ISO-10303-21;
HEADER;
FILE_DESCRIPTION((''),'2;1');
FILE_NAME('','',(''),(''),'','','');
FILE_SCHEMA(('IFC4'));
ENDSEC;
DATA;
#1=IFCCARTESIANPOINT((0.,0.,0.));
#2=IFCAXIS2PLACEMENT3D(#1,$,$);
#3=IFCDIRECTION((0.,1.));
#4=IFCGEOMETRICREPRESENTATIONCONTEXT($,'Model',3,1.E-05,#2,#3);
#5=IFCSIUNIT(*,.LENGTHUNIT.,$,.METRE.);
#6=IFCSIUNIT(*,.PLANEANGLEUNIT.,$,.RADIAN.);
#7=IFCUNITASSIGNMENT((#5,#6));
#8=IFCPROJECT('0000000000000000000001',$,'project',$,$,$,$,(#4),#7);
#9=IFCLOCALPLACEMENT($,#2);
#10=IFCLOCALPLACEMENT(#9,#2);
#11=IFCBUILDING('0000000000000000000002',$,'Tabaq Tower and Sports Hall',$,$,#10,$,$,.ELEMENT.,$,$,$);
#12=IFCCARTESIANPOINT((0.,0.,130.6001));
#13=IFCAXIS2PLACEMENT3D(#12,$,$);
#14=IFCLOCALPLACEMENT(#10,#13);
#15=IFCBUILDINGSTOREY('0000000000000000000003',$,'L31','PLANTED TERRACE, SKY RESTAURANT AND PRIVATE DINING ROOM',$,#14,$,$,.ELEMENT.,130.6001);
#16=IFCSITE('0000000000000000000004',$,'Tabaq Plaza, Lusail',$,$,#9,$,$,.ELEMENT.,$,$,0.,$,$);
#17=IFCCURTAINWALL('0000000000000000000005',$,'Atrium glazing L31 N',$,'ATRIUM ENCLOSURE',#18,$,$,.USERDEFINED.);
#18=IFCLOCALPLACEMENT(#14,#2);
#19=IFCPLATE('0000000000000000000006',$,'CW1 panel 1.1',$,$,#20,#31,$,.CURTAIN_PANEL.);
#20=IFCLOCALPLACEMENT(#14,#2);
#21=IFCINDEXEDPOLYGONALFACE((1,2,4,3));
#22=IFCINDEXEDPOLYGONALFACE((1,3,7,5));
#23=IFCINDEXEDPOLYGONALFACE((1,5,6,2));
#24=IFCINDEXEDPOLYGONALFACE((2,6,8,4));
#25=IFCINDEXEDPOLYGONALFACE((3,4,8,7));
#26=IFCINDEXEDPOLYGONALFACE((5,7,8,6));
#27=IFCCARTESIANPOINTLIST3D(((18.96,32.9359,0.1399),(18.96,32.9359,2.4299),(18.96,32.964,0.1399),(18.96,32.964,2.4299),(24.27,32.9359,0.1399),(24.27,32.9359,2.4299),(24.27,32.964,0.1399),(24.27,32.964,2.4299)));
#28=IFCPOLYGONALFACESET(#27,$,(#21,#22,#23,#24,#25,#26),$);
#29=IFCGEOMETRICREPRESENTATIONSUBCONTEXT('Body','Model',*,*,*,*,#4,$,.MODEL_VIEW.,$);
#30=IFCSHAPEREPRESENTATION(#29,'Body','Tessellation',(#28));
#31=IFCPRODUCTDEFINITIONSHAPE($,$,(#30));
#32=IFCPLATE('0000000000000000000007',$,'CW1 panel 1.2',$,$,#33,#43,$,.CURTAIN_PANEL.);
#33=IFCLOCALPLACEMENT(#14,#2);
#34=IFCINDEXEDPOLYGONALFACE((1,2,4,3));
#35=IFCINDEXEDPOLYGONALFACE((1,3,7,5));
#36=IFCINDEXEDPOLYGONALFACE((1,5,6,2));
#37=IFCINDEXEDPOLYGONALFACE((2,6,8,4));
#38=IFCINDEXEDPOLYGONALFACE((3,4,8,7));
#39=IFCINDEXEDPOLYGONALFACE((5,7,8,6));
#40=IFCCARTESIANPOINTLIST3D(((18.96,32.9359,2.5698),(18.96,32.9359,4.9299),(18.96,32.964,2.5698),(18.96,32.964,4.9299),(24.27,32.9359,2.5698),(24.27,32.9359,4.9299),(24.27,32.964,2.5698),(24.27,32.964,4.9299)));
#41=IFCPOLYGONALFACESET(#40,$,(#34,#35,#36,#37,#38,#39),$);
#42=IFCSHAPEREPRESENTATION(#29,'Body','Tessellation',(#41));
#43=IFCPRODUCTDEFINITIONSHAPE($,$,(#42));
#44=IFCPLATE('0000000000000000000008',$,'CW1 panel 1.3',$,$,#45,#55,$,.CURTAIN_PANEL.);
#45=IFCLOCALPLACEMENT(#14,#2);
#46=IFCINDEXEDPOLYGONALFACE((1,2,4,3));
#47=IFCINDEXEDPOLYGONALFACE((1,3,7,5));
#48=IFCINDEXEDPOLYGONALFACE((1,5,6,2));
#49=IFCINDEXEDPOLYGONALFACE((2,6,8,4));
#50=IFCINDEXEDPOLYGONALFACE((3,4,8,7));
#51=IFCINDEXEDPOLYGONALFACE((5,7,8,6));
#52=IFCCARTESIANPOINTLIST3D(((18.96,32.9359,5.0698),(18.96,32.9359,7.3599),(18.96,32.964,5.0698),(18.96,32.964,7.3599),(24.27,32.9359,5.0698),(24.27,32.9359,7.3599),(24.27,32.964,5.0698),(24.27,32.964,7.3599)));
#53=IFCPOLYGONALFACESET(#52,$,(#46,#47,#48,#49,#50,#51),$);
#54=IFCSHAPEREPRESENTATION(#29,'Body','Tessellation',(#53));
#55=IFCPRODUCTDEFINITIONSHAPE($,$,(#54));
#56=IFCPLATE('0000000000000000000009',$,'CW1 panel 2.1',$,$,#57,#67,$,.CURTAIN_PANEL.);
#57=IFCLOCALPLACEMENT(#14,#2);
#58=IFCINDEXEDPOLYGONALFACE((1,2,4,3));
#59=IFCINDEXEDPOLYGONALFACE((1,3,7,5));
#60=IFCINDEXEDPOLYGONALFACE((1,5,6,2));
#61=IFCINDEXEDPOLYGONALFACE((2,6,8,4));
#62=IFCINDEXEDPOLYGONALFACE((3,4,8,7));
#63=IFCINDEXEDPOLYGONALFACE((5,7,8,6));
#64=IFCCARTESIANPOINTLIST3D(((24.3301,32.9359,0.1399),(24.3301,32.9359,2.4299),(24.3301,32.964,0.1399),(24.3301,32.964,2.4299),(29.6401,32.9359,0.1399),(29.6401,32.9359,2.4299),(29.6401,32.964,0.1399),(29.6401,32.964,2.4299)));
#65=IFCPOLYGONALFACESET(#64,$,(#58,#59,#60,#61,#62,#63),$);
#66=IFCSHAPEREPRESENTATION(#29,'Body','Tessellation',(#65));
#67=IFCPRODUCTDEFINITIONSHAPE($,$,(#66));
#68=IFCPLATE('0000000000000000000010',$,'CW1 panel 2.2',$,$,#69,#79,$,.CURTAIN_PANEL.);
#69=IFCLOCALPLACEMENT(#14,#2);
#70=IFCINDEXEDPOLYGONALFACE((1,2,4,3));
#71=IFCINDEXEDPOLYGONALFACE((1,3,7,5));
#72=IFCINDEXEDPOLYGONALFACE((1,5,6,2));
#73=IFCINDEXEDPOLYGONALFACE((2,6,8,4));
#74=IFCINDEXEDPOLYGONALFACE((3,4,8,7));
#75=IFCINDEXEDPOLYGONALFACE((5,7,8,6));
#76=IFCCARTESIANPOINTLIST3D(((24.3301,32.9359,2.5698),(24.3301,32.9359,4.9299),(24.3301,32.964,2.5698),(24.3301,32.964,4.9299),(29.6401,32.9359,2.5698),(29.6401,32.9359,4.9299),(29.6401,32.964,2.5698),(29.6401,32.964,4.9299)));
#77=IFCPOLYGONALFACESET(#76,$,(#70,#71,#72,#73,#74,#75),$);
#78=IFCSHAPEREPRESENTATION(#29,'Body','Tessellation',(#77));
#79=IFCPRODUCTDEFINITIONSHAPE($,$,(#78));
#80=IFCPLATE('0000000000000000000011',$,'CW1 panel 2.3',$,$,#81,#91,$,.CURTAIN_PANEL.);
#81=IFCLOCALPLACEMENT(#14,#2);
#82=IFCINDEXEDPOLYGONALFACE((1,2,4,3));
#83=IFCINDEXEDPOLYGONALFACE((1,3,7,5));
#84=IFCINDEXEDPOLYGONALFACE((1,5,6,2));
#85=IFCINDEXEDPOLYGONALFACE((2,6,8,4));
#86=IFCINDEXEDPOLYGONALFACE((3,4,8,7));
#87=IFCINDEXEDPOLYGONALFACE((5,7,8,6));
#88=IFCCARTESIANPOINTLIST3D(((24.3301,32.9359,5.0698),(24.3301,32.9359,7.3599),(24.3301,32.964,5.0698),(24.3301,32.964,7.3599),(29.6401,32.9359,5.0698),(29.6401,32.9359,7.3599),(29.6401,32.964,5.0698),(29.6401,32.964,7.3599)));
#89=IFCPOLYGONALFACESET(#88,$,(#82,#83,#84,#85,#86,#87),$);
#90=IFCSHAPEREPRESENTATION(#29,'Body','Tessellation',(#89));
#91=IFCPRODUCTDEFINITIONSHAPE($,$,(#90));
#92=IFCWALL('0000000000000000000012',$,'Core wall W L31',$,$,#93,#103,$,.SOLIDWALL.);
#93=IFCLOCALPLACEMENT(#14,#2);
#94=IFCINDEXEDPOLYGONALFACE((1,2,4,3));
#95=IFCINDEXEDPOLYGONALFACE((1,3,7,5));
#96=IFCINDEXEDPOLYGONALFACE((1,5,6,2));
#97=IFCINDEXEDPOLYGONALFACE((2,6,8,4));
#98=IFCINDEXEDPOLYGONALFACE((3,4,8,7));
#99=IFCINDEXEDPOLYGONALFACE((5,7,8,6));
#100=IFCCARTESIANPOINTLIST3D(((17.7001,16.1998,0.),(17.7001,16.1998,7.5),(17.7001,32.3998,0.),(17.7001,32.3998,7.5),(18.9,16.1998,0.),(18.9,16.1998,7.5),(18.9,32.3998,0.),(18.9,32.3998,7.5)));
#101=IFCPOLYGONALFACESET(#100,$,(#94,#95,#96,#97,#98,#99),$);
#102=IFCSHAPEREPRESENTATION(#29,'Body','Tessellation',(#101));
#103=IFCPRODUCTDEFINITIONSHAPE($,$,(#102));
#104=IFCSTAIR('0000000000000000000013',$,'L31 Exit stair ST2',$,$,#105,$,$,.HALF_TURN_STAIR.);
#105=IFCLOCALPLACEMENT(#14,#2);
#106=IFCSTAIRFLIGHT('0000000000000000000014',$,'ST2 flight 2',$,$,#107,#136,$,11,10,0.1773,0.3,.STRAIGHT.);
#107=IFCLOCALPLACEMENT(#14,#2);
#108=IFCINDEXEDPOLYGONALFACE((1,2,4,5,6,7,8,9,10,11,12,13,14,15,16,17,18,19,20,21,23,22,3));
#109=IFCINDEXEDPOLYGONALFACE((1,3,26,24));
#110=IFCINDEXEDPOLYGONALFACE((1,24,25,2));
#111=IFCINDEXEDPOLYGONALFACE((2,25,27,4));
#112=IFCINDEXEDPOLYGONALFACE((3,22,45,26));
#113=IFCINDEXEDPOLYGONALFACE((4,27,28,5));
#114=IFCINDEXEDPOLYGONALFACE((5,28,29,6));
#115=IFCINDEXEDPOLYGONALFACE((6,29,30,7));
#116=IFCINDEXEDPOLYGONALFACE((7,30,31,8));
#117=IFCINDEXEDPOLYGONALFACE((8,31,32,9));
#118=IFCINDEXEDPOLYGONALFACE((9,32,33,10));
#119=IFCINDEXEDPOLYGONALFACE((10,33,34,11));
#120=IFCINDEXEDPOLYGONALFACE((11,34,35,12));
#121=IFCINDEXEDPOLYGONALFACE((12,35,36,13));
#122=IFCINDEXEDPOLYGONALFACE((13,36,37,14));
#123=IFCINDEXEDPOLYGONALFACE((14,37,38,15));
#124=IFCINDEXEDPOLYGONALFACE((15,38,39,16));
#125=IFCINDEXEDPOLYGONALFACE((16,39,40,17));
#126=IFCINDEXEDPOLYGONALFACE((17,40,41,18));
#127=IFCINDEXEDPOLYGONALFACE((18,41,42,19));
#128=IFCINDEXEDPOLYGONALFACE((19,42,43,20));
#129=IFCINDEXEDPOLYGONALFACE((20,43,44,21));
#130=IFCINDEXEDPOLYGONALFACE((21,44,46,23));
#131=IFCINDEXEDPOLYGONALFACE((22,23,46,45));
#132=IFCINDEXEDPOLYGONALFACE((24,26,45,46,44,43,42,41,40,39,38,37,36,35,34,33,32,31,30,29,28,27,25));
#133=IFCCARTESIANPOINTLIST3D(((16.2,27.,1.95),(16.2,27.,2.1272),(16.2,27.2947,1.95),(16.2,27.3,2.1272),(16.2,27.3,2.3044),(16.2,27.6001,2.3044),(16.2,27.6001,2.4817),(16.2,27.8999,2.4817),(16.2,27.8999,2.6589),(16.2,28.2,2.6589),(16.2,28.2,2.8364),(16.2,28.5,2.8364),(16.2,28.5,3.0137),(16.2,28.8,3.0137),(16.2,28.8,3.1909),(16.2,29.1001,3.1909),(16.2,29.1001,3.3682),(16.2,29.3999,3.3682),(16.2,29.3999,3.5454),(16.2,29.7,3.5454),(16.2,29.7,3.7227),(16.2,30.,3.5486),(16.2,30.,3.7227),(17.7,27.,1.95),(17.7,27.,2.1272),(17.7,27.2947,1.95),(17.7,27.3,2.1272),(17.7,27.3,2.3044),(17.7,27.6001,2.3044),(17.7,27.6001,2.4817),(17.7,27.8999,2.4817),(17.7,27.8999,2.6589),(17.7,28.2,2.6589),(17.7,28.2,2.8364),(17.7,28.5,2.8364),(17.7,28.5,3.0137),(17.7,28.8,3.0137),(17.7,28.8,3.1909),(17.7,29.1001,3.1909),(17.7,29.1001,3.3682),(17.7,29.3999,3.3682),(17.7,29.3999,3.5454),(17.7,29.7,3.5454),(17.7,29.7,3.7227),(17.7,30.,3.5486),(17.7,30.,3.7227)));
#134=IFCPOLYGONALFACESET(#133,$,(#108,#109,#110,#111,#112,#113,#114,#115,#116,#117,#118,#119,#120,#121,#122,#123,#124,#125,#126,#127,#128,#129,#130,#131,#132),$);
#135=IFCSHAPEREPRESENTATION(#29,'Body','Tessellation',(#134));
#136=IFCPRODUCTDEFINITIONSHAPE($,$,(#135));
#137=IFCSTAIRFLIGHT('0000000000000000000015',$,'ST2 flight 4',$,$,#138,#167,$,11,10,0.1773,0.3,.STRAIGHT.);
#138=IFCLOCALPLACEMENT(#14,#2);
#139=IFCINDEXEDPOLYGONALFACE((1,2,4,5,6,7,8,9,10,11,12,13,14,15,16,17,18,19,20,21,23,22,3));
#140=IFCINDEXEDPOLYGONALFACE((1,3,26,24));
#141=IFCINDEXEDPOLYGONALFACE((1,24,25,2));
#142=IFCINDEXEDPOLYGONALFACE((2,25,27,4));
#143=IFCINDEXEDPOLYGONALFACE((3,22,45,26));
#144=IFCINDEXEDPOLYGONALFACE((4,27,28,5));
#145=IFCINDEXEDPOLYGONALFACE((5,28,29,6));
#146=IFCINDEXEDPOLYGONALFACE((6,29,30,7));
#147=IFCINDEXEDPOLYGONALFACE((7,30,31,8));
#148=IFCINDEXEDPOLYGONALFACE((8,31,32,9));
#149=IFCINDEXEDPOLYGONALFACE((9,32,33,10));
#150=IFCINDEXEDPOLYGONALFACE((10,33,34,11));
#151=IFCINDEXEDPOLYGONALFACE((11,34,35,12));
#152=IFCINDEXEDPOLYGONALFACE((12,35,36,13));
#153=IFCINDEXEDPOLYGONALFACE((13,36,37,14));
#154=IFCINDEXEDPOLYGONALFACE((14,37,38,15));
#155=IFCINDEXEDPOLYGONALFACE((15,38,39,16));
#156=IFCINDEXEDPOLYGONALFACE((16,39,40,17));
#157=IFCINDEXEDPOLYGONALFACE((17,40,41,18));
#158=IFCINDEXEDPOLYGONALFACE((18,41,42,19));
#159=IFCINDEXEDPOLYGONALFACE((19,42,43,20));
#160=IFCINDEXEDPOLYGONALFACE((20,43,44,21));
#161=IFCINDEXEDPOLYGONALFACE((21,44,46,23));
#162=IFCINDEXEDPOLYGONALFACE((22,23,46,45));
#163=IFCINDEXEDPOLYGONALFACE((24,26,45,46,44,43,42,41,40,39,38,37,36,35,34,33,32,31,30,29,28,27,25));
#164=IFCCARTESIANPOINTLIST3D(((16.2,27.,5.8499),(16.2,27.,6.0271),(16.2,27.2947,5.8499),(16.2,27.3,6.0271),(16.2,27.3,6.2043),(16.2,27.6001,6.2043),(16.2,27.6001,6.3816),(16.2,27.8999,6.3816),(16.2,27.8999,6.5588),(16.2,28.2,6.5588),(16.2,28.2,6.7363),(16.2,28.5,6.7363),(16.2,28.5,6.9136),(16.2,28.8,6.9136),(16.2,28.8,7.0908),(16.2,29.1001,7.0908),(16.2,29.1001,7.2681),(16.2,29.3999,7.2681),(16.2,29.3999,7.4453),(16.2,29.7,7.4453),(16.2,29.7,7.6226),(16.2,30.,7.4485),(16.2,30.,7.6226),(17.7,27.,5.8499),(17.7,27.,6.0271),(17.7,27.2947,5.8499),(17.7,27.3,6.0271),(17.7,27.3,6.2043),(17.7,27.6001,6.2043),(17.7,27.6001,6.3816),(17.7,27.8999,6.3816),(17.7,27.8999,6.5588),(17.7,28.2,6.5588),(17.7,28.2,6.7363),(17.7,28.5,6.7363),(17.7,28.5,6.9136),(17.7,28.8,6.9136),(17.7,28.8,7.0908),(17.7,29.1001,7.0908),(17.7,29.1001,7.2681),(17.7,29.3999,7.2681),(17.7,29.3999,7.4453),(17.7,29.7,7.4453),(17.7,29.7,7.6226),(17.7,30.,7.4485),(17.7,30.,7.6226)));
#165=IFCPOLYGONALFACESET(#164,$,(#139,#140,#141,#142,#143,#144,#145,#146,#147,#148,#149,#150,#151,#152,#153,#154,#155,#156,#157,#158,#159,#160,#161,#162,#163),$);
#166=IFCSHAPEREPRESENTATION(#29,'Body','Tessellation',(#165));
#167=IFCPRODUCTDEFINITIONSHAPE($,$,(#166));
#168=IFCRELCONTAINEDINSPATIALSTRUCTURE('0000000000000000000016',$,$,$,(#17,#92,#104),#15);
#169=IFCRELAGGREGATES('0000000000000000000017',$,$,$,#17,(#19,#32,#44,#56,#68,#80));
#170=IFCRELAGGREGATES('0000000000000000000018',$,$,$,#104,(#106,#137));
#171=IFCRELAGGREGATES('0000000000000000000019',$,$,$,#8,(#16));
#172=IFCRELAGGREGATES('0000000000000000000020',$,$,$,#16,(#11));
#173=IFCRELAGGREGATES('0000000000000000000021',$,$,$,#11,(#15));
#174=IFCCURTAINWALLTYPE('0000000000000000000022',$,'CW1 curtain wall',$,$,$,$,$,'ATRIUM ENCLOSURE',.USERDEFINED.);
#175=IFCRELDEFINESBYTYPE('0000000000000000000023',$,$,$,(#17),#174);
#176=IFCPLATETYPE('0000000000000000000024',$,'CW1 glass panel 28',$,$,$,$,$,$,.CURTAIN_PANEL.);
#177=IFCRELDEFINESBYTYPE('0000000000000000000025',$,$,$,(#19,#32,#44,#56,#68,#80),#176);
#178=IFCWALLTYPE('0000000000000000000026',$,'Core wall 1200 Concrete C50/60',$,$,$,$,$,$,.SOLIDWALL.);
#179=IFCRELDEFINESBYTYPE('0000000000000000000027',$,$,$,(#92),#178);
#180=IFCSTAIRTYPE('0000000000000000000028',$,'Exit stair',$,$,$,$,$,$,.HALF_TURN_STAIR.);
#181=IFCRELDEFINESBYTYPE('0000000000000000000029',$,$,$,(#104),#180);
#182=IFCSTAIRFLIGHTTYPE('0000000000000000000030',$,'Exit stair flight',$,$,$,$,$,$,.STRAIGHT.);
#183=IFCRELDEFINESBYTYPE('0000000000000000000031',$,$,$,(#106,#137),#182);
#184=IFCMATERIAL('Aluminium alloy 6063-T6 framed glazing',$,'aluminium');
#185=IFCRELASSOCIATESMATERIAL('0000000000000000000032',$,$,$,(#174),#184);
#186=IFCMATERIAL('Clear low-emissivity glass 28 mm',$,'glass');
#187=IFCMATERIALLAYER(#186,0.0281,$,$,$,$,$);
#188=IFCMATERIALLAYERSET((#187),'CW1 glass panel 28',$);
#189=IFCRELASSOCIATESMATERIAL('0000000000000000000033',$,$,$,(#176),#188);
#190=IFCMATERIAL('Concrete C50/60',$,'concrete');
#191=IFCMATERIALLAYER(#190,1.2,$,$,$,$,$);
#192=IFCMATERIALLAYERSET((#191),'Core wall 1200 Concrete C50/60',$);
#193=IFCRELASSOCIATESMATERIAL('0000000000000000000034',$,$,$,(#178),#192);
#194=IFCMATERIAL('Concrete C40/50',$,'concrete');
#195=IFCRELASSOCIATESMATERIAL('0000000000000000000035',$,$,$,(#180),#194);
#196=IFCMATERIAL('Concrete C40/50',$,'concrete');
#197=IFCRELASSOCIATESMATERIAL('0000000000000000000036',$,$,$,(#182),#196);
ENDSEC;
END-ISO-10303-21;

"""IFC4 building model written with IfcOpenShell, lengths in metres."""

from ifc_helpers import new_model, si_unit, direction, frame, frame_2d, origin, origin_2d, place, context, subcontext, project, spatial, polyline, rectangle, outline, extrude, material, layer, layer_set, type_object, element, aggregate, save


model = new_model("IFC4")

# Units and contexts
model_context = context("Model", 3, precision=1e-05, world=origin(), true_north=direction((0.0, 1.0)))
body_context = subcontext(model_context, "Body", "Model", "MODEL_VIEW")
ifc_project = project(units=[si_unit("LENGTHUNIT", "METRE"), si_unit("PLANEANGLEUNIT", "RADIAN")], contexts=[model_context])

# Site, building, storey
site_placement = place(None, origin())
site = spatial("IfcSite", under=ifc_project, at=site_placement, Name="Tabaq Plaza, Lusail", CompositionType="ELEMENT", RefElevation=0.0)
building_placement = place(site_placement, origin())
building = spatial("IfcBuilding", under=site, at=building_placement, Name="Tabaq Tower and Sports Hall", CompositionType="ELEMENT")
storey_placement = place(building_placement, frame((0.0, 0.0, 130.6001)))
storey = spatial("IfcBuildingStorey", under=building, at=storey_placement, Name="L31", Description="PLANTED TERRACE, SKY RESTAURANT AND PRIVATE DINING ROOM", CompositionType="ELEMENT", Elevation=130.6001)

# Curtain wall
ifc_material_1 = material(Name="Aluminium alloy 6063-T6 framed glazing", Category="aluminium")
curtain_wall_type = type_object("IfcCurtainWallType", Name="CW1 curtain wall", ElementType="ATRIUM ENCLOSURE", PredefinedType="USERDEFINED", material=ifc_material_1)
curtain_wall_placement = place(storey_placement, origin())
curtain_wall = element("IfcCurtainWall", 1, at=curtain_wall_placement, inside=storey, type_object=curtain_wall_type, Name="Atrium glazing L31 N", ObjectType="ATRIUM ENCLOSURE", PredefinedType="USERDEFINED")

# Plates
ifc_material_2 = material(Name="Clear low-emissivity glass 28 mm", Category="glass")
ifc_layer_1 = layer(ifc_material_2, 0.0281)
ifc_layer_set_1 = layer_set([ifc_layer_1], Name="CW1 glass panel 28")
plate_type = type_object("IfcPlateType", Name="CW1 glass panel 28", PredefinedType="CURTAIN_PANEL", material=ifc_layer_set_1)
plate_1_placement = place(storey_placement, frame((21.615, 32.95, 0.1399), z_axis=(0.0, 0.0, 1.0), x_axis=(1.0, 0.0, 0.0)))
plate_1 = element("IfcPlate", 2, at=plate_1_placement, type_object=plate_type, Name="CW1 panel 1.1", PredefinedType="CURTAIN_PANEL", context=body_context, shape_type="SweptSolid", body=[
    extrude(rectangle(XDim=5.3101, YDim=0.0281, at=origin_2d()), origin(), (0.0, 0.0, 1.0), 2.29),
])
plate_2_placement = place(storey_placement, frame((21.615, 32.95, 2.5698), z_axis=(0.0, 0.0, 1.0), x_axis=(1.0, 0.0, 0.0)))
plate_2 = element("IfcPlate", 3, at=plate_2_placement, type_object=plate_type, Name="CW1 panel 1.2", PredefinedType="CURTAIN_PANEL", context=body_context, shape_type="SweptSolid", body=[
    extrude(rectangle(XDim=5.3101, YDim=0.0281, at=origin_2d()), origin(), (0.0, 0.0, 1.0), 2.3601),
])
plate_3_placement = place(storey_placement, frame((21.615, 32.95, 5.0698), z_axis=(0.0, 0.0, 1.0), x_axis=(1.0, 0.0, 0.0)))
plate_3 = element("IfcPlate", 4, at=plate_3_placement, type_object=plate_type, Name="CW1 panel 1.3", PredefinedType="CURTAIN_PANEL", context=body_context, shape_type="SweptSolid", body=[
    extrude(rectangle(XDim=5.3101, YDim=0.0281, at=origin_2d()), origin(), (0.0, 0.0, 1.0), 2.29),
])
plate_4_placement = place(storey_placement, frame((26.9851, 32.95, 0.1399), z_axis=(0.0, 0.0, 1.0), x_axis=(1.0, 0.0, 0.0)))
plate_4 = element("IfcPlate", 5, at=plate_4_placement, type_object=plate_type, Name="CW1 panel 2.1", PredefinedType="CURTAIN_PANEL", context=body_context, shape_type="SweptSolid", body=[
    extrude(rectangle(XDim=5.3101, YDim=0.0281, at=origin_2d()), origin(), (0.0, 0.0, 1.0), 2.29),
])
plate_5_placement = place(storey_placement, frame((26.9851, 32.95, 2.5698), z_axis=(0.0, 0.0, 1.0), x_axis=(1.0, 0.0, 0.0)))
plate_5 = element("IfcPlate", 6, at=plate_5_placement, type_object=plate_type, Name="CW1 panel 2.2", PredefinedType="CURTAIN_PANEL", context=body_context, shape_type="SweptSolid", body=[
    extrude(rectangle(XDim=5.3101, YDim=0.0281, at=origin_2d()), origin(), (0.0, 0.0, 1.0), 2.3601),
])
plate_6_placement = place(storey_placement, frame((26.9851, 32.95, 5.0698), z_axis=(0.0, 0.0, 1.0), x_axis=(1.0, 0.0, 0.0)))
plate_6 = element("IfcPlate", 7, at=plate_6_placement, type_object=plate_type, Name="CW1 panel 2.3", PredefinedType="CURTAIN_PANEL", context=body_context, shape_type="SweptSolid", body=[
    extrude(rectangle(XDim=5.3101, YDim=0.0281, at=origin_2d()), origin(), (0.0, 0.0, 1.0), 2.29),
])
aggregate(curtain_wall, [plate_1, plate_2, plate_3, plate_4, plate_5, plate_6])

# Wall
ifc_material_3 = material(Name="Concrete C50/60", Category="concrete")
ifc_layer_2 = layer(ifc_material_3, 1.2)
ifc_layer_set_2 = layer_set([ifc_layer_2], Name="Core wall 1200 Concrete C50/60")
wall_type_1 = type_object("IfcWallType", Name="Core wall 1200 Concrete C50/60", PredefinedType="SOLIDWALL", material=ifc_layer_set_2)
wall_1_placement = place(storey_placement, frame((18.3, 32.3999, 0.0), z_axis=(0.0, 0.0, 1.0), x_axis=(0.0, -1.0, 0.0)))
element("IfcWall", 8, at=wall_1_placement, inside=storey, type_object=wall_type_1, Name="Core wall W L31", PredefinedType="SOLIDWALL", context=body_context, shape_type="SweptSolid", body=[
    extrude(rectangle(XDim=16.2, YDim=1.2, at=frame_2d((8.1001, 0.0))), origin(), (0.0, 0.0, 1.0), 7.5),
])

# Stair, stair flights
ifc_material_4 = material(Name="Concrete C40/50", Category="concrete")
stair_type = type_object("IfcStairType", Name="Exit stair", PredefinedType="HALF_TURN_STAIR", material=ifc_material_4)
stair_1_placement = place(storey_placement, origin())
stair_1 = element("IfcStair", 9, at=stair_1_placement, inside=storey, type_object=stair_type, Name="L31 Exit stair ST2", PredefinedType="HALF_TURN_STAIR")
ifc_material_5 = material(Name="Concrete C40/50", Category="concrete")
stair_flight_type = type_object("IfcStairFlightType", Name="Exit stair flight", PredefinedType="STRAIGHT", material=ifc_material_5)
stair_flight_1_placement = place(storey_placement, frame((16.95, 27.0, 1.95), z_axis=(0.0, 0.0, 1.0), x_axis=(0.0, 1.0, 0.0)))
stair_flight_1 = element("IfcStairFlight", 10, at=stair_flight_1_placement, type_object=stair_flight_type, Name="ST2 flight 2", NumberOfRisers=11, NumberOfTreads=10, PredefinedType="STRAIGHT", RiserHeight=0.1773, TreadLength=0.3, context=body_context, shape_type="SweptSolid", body=[
    extrude(outline(polyline([(0.0, 0.0), (0.0, 0.1772), (0.3, 0.1772), (0.3, 0.3545), (0.6001, 0.3545), (0.6001, 0.5317), (0.8999, 0.5317), (0.8999, 0.709), (1.2, 0.709), (1.2, 0.8865), (1.5, 0.8865), (1.5, 1.0637), (1.8, 1.0637), (1.8, 1.241), (2.1001, 1.241), (2.1001, 1.4182), (2.3999, 1.4182), (2.3999, 1.5955), (2.7, 1.5955), (2.7, 1.7727), (3.0, 1.7727), (3.0, 1.95), (3.0, 1.5986), (0.2947, 0.0), (0.0, 0.0)])), frame((0.0, 0.75, 0.0), z_axis=(0.0, -1.0, 0.0), x_axis=(1.0, 0.0, 0.0)), (0.0, 0.0, 1.0), 1.5),
])
stair_flight_2_placement = place(storey_placement, frame((16.95, 27.0, 5.8499), z_axis=(0.0, 0.0, 1.0), x_axis=(0.0, 1.0, 0.0)))
stair_flight_2 = element("IfcStairFlight", 11, at=stair_flight_2_placement, type_object=stair_flight_type, Name="ST2 flight 4", NumberOfRisers=11, NumberOfTreads=10, PredefinedType="STRAIGHT", RiserHeight=0.1773, TreadLength=0.3, context=body_context, shape_type="SweptSolid", body=[
    extrude(outline(polyline([(0.0, 0.0), (0.0, 0.1772), (0.3, 0.1772), (0.3, 0.3545), (0.6001, 0.3545), (0.6001, 0.5317), (0.8999, 0.5317), (0.8999, 0.709), (1.2, 0.709), (1.2, 0.8865), (1.5, 0.8865), (1.5, 1.0637), (1.8, 1.0637), (1.8, 1.241), (2.1001, 1.241), (2.1001, 1.4182), (2.3999, 1.4182), (2.3999, 1.5955), (2.7, 1.5955), (2.7, 1.7727), (3.0, 1.7727), (3.0, 1.95), (3.0, 1.5986), (0.2947, 0.0), (0.0, 0.0)])), frame((0.0, 0.75, 0.0), z_axis=(0.0, -1.0, 0.0), x_axis=(1.0, 0.0, 0.0)), (0.0, 0.0, 1.0), 1.5),
])
aggregate(stair_1, [stair_flight_1, stair_flight_2])

save(model, "model.ifc")
